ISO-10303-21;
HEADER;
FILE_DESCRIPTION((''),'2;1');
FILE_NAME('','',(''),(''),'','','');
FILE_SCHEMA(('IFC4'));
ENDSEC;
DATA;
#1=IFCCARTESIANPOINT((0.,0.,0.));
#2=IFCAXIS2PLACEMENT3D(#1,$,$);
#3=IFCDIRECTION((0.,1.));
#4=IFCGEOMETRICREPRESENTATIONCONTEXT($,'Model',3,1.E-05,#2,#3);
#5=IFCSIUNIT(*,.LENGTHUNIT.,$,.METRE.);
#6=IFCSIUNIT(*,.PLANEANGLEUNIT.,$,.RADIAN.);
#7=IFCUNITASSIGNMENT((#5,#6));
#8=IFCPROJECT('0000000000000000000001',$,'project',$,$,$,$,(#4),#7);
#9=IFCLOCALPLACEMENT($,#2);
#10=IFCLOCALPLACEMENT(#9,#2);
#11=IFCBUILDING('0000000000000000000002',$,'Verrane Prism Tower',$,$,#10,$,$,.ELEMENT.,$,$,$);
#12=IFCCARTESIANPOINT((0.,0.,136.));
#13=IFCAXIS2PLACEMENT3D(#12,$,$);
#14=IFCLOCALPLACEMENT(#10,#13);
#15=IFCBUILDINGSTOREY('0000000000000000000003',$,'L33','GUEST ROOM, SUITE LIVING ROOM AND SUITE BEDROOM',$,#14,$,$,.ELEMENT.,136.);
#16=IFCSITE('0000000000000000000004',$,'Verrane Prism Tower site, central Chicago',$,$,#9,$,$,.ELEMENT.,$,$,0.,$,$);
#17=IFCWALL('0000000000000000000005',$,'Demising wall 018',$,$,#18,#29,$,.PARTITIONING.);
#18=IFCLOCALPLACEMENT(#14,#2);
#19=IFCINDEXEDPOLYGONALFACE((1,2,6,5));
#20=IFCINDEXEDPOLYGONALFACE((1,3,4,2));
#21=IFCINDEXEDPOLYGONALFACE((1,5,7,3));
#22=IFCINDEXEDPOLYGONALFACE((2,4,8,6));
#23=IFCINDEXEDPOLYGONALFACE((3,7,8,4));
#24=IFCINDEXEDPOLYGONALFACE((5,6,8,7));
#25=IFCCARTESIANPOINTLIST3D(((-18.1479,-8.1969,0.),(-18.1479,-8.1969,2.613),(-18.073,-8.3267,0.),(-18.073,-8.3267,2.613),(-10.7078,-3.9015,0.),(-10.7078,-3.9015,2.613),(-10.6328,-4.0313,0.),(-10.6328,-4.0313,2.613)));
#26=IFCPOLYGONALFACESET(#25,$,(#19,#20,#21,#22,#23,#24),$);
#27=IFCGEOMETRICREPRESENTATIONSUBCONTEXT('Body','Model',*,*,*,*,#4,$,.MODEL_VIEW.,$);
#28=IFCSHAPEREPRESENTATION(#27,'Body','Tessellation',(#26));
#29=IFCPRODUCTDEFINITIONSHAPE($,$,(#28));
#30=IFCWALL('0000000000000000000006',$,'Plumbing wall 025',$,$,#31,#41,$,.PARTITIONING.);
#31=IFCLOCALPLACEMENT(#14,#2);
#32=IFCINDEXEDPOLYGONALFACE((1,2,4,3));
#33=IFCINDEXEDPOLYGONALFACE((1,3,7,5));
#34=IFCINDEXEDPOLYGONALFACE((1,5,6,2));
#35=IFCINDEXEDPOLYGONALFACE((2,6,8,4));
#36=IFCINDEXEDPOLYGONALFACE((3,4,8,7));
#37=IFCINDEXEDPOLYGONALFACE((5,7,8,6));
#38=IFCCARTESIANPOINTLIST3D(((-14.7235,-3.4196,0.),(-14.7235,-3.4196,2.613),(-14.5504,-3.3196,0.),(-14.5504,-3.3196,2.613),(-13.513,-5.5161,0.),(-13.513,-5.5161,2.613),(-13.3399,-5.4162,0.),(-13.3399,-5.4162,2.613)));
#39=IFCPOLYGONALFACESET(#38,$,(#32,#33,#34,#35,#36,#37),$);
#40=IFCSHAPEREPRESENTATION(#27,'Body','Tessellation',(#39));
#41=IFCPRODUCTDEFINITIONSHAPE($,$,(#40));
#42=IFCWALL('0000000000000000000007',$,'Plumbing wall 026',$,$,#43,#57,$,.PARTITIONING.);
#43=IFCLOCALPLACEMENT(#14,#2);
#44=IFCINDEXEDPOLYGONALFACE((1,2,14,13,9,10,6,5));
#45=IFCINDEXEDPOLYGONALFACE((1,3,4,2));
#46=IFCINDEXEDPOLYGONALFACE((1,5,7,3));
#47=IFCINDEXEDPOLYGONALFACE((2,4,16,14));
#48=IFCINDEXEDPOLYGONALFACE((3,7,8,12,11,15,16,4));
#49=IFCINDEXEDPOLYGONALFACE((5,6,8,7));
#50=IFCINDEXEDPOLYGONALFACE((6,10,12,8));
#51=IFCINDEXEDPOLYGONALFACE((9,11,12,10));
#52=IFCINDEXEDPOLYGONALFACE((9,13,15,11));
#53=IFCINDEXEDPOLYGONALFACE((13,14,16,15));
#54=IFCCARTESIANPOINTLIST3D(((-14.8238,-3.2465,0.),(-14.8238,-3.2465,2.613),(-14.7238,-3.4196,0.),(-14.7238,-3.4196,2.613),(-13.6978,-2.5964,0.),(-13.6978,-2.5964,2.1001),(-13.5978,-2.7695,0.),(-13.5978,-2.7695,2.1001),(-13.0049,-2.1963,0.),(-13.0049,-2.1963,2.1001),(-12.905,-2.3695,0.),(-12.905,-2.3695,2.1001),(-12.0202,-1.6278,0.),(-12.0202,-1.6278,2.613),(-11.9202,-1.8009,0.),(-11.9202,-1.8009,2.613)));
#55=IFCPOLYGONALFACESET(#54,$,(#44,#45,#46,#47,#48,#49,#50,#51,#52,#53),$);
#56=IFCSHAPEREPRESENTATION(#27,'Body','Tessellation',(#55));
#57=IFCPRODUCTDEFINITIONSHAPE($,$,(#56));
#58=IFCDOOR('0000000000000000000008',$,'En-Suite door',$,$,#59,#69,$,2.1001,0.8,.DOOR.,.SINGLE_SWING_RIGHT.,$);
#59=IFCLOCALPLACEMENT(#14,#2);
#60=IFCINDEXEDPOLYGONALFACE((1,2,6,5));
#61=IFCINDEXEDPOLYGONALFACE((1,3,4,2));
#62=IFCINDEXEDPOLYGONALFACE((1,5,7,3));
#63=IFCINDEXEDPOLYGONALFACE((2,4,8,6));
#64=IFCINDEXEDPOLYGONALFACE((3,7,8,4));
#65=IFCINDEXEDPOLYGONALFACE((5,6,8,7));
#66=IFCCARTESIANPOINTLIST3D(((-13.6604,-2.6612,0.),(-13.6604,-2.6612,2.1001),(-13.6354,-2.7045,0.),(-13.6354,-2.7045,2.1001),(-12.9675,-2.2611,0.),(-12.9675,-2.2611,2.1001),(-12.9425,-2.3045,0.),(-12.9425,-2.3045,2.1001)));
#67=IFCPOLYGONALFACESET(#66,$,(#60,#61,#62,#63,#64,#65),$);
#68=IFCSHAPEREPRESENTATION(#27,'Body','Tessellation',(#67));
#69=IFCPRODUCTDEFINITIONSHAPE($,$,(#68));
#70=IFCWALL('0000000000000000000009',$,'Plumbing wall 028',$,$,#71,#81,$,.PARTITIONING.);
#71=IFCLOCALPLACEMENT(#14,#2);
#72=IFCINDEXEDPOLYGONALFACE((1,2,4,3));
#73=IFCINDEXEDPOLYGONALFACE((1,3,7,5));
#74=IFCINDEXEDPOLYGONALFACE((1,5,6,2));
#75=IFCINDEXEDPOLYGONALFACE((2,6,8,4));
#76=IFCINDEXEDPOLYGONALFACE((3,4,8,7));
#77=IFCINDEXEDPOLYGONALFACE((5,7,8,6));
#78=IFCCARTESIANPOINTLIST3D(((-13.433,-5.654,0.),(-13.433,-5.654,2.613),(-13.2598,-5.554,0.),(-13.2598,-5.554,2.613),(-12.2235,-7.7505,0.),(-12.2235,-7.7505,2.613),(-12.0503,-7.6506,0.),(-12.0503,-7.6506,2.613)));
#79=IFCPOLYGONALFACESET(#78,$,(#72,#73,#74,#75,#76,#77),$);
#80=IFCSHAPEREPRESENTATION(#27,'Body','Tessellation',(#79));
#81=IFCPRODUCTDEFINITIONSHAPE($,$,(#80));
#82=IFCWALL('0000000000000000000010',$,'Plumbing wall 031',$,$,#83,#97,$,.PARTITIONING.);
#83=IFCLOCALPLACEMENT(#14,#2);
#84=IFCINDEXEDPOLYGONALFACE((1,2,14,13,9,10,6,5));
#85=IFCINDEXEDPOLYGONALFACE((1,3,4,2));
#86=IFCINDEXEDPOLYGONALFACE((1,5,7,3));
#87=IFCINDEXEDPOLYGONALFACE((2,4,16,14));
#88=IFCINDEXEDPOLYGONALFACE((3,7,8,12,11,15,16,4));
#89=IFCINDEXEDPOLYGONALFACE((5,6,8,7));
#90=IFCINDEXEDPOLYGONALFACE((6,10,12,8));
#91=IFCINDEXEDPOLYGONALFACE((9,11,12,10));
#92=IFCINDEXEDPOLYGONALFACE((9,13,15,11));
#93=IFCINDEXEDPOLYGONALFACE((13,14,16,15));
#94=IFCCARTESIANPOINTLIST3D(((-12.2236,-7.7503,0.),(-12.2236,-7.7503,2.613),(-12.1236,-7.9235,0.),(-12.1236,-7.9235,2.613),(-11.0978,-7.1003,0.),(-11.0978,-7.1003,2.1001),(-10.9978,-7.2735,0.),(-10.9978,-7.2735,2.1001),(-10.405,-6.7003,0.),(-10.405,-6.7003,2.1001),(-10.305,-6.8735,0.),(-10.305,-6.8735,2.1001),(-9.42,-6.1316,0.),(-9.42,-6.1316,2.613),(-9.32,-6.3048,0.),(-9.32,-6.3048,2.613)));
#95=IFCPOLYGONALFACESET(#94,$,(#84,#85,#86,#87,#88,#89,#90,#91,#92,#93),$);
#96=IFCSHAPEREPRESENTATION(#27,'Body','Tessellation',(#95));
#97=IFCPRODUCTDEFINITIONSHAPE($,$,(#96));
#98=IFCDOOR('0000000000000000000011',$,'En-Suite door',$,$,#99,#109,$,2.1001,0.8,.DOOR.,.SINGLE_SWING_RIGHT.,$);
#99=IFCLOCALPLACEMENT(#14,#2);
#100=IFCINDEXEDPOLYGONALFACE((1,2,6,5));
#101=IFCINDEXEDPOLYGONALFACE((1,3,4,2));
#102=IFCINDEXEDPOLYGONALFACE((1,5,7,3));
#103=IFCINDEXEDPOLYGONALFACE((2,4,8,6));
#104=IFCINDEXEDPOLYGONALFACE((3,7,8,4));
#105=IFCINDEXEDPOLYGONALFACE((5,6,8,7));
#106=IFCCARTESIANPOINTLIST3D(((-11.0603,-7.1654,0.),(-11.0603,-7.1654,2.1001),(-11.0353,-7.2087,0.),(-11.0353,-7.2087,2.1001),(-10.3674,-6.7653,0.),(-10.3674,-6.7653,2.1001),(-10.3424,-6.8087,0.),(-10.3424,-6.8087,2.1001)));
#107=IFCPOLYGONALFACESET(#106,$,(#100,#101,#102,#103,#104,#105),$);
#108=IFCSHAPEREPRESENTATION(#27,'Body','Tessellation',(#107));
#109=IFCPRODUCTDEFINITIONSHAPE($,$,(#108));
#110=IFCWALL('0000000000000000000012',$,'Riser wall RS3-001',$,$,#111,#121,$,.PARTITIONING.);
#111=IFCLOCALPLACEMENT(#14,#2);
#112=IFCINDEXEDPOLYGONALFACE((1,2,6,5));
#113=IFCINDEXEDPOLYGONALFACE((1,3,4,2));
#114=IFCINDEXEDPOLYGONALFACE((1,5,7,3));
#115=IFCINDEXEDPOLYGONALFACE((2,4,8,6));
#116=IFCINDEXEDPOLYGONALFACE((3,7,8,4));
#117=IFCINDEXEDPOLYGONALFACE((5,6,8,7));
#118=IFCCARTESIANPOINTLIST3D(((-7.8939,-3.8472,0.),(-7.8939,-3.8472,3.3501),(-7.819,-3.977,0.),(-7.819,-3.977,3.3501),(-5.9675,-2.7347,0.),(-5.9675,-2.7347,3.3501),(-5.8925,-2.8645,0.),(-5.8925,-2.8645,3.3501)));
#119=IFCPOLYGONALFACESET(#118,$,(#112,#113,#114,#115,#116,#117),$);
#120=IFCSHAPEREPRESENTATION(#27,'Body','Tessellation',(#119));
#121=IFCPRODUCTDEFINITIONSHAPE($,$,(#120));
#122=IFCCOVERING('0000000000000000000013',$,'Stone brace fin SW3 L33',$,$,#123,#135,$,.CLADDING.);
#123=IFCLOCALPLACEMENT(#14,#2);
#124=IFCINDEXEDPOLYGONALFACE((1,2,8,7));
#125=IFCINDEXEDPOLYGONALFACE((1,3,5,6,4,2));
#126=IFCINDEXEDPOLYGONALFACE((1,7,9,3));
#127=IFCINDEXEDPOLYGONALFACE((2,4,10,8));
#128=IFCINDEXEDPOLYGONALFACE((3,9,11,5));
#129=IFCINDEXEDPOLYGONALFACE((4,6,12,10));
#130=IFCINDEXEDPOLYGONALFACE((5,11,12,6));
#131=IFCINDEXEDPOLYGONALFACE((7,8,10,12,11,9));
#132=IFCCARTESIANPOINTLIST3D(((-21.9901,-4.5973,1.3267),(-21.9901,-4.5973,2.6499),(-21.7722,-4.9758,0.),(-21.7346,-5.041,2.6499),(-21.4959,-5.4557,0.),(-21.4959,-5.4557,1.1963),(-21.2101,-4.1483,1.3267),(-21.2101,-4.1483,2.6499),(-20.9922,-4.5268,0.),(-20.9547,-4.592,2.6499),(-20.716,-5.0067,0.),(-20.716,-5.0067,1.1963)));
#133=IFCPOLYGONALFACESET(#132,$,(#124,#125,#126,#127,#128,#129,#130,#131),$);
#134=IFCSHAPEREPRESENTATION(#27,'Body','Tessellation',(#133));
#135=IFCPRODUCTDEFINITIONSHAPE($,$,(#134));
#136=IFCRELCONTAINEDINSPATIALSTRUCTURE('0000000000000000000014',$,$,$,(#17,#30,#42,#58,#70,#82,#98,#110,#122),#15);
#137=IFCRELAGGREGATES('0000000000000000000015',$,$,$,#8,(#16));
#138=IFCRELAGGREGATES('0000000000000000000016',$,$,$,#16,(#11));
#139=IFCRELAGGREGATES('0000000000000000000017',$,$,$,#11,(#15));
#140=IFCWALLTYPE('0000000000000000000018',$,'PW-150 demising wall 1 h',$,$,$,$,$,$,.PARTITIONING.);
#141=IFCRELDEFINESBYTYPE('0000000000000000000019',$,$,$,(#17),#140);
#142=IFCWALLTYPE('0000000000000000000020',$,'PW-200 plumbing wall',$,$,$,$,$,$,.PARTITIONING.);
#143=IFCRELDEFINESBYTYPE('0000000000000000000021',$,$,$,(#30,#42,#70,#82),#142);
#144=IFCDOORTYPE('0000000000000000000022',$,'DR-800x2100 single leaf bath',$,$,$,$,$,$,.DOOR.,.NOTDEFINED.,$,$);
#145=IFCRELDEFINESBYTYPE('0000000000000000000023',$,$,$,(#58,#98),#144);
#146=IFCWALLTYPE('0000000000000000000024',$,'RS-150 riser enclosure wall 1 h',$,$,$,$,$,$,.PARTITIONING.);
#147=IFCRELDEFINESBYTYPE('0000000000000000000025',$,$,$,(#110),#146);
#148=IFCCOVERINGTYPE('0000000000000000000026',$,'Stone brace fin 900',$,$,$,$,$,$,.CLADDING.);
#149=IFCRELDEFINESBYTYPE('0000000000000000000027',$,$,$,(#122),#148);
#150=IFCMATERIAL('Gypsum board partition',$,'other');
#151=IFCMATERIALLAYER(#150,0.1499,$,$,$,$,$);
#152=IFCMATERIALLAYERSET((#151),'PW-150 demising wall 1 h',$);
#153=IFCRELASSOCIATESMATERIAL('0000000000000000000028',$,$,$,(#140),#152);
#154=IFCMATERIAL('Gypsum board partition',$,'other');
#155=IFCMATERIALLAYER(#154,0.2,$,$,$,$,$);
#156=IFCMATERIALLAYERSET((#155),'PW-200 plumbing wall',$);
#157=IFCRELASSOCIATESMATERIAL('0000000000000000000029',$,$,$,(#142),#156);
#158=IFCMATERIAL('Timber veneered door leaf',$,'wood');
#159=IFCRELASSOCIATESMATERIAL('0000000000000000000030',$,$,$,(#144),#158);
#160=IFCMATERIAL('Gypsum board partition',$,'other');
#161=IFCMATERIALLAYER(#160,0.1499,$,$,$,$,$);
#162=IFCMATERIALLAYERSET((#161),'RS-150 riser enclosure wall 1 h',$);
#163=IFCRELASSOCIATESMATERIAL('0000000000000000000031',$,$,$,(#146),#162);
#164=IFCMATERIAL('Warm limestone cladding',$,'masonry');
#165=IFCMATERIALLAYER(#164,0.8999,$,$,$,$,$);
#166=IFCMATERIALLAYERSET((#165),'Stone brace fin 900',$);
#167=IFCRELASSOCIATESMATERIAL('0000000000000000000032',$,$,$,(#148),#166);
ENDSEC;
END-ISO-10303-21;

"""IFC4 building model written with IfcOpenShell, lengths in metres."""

from ifc_helpers import new_model, si_unit, direction, frame, frame_2d, origin, place, context, subcontext, project, spatial, polyline, rectangle, outline, extrude, material, layer, layer_set, type_object, element, fill, save


model = new_model("IFC4")

# Units and contexts
model_context = context("Model", 3, precision=1e-05, world=origin(), true_north=direction((0.0, 1.0)))
body_context = subcontext(model_context, "Body", "Model", "MODEL_VIEW")
ifc_project = project(units=[si_unit("LENGTHUNIT", "METRE"), si_unit("PLANEANGLEUNIT", "RADIAN")], contexts=[model_context])

# Site, building, storey
site_placement = place(None, origin())
site = spatial("IfcSite", under=ifc_project, at=site_placement, Name="Verrane Prism Tower site, central Chicago", CompositionType="ELEMENT", RefElevation=0.0)
building_placement = place(site_placement, origin())
building = spatial("IfcBuilding", under=site, at=building_placement, Name="Verrane Prism Tower", CompositionType="ELEMENT")
storey_placement = place(building_placement, frame((0.0, 0.0, 136.0)))
storey = spatial("IfcBuildingStorey", under=building, at=storey_placement, Name="L33", Description="GUEST ROOM, SUITE LIVING ROOM AND SUITE BEDROOM", CompositionType="ELEMENT", Elevation=136.0)

# Walls
ifc_material_1 = material(Name="Gypsum board partition", Category="other")
ifc_layer_1 = layer(ifc_material_1, 0.1499)
ifc_layer_set_1 = layer_set([ifc_layer_1], Name="PW-150 demising wall 1 h")
wall_type_1 = type_object("IfcWallType", Name="PW-150 demising wall 1 h", PredefinedType="PARTITIONING", material=ifc_layer_set_1)
wall_1_placement = place(storey_placement, frame((-18.1104, -8.2617, 0.0), z_axis=(0.0, 0.0, 1.0), x_axis=(0.866035, 0.499984, 0.0)))
element("IfcWall", 1, at=wall_1_placement, inside=storey, type_object=wall_type_1, Name="Demising wall 018", PredefinedType="PARTITIONING", context=body_context, shape_type="SweptSolid", body=[
    extrude(rectangle(XDim=8.5911, YDim=0.1499, at=frame_2d((4.2954, 0.0))), origin(), (0.0, 0.0, 1.0), 2.613),
])
ifc_material_2 = material(Name="Gypsum board partition", Category="other")
ifc_layer_2 = layer(ifc_material_2, 0.2)
ifc_layer_set_2 = layer_set([ifc_layer_2], Name="PW-200 plumbing wall")
wall_type_2 = type_object("IfcWallType", Name="PW-200 plumbing wall", PredefinedType="PARTITIONING", material=ifc_layer_set_2)
wall_2_placement = place(storey_placement, frame((-14.637, -3.3696, 0.0), z_axis=(0.0, 0.0, 1.0), x_axis=(0.500022, -0.866013, 0.0)))
element("IfcWall", 2, at=wall_2_placement, inside=storey, type_object=wall_type_2, Name="Plumbing wall 025", PredefinedType="PARTITIONING", context=body_context, shape_type="SweptSolid", body=[
    extrude(rectangle(XDim=2.4209, YDim=0.2, at=frame_2d((1.2104, 0.0))), origin(), (0.0, 0.0, 1.0), 2.613),
])

# Wall, opening, door
wall_3_placement = place(storey_placement, frame((-11.9702, -1.7144, 0.0), z_axis=(0.0, 0.0, 1.0), x_axis=(-0.866016, -0.500016, 0.0)))
wall_3 = element("IfcWall", 3, at=wall_3_placement, inside=storey, type_object=wall_type_2, Name="Plumbing wall 026", PredefinedType="PARTITIONING", context=body_context, shape_type="SweptSolid", body=[
    extrude(rectangle(XDim=3.2373, YDim=0.2, at=frame_2d((1.6187, 0.0))), origin(), (0.0, 0.0, 1.0), 2.613),
])
opening_1_placement = place(wall_3_placement, frame((1.1372, 0.0, 0.0)))
opening_1 = element("IfcOpeningElement", 4, at=opening_1_placement, cuts=wall_3, PredefinedType="OPENING", context=body_context, shape_type="SweptSolid", body=[
    extrude(rectangle(XDim=0.8, YDim=2.1001, at=frame_2d((0.3999, 1.05))), frame((0.0, 0.1099, 0.0), z_axis=(0.0, -1.0, 0.0), x_axis=(1.0, 0.0, 0.0)), (0.0, 0.0, 1.0), 0.22),
])
ifc_material_3 = material(Name="Timber veneered door leaf", Category="wood")
door_type_1 = type_object("IfcDoorType", Name="DR-800x2100 single leaf bath", OperationType="NOTDEFINED", PredefinedType="DOOR", material=ifc_material_3)
door_1_placement = place(opening_1_placement, origin())
door_1 = element("IfcDoor", 5, at=door_1_placement, inside=storey, type_object=door_type_1, Name="En-Suite door", OperationType="SINGLE_SWING_RIGHT", OverallHeight=2.1001, OverallWidth=0.8, PredefinedType="DOOR", context=body_context, shape_type="SweptSolid", body=[
    extrude(rectangle(XDim=0.8, YDim=2.1001, at=frame_2d((0.3999, 1.05))), frame((0.0, 0.0249, 0.0), z_axis=(0.0, -1.0, 0.0), x_axis=(1.0, 0.0, 0.0)), (0.0, 0.0, 1.0), 0.05),
])
fill(opening_1, door_1)

# Wall
wall_4_placement = place(storey_placement, frame((-13.3464, -5.604, 0.0), z_axis=(0.0, 0.0, 1.0), x_axis=(0.49972, -0.866187, 0.0)))
element("IfcWall", 6, at=wall_4_placement, inside=storey, type_object=wall_type_2, Name="Plumbing wall 028", PredefinedType="PARTITIONING", context=body_context, shape_type="SweptSolid", body=[
    extrude(rectangle(XDim=2.4204, YDim=0.2, at=frame_2d((1.2102, 0.0))), origin(), (0.0, 0.0, 1.0), 2.613),
])

# Wall, opening, door
wall_5_placement = place(storey_placement, frame((-12.1736, -7.8369, 0.0), z_axis=(0.0, 0.0, 1.0), x_axis=(0.866016, 0.500016, 0.0)))
wall_5 = element("IfcWall", 7, at=wall_5_placement, inside=storey, type_object=wall_type_2, Name="Plumbing wall 031", PredefinedType="PARTITIONING", context=body_context, shape_type="SweptSolid", body=[
    extrude(rectangle(XDim=3.2373, YDim=0.2, at=frame_2d((1.6187, 0.0))), origin(), (0.0, 0.0, 1.0), 2.613),
])
opening_2_placement = place(wall_5_placement, frame((1.3, 0.0, 0.0)))
opening_2 = element("IfcOpeningElement", 8, at=opening_2_placement, cuts=wall_5, PredefinedType="OPENING", context=body_context, shape_type="SweptSolid", body=[
    extrude(rectangle(XDim=0.8, YDim=2.1001, at=frame_2d((0.3999, 1.05))), frame((0.0, 0.1099, 0.0), z_axis=(0.0, -1.0, 0.0), x_axis=(1.0, 0.0, 0.0)), (0.0, 0.0, 1.0), 0.22),
])
door_2_placement = place(opening_2_placement, origin())
door_2 = element("IfcDoor", 9, at=door_2_placement, inside=storey, type_object=door_type_1, Name="En-Suite door", OperationType="SINGLE_SWING_RIGHT", OverallHeight=2.1001, OverallWidth=0.8, PredefinedType="DOOR", context=body_context, shape_type="SweptSolid", body=[
    extrude(rectangle(XDim=0.8, YDim=2.1001, at=frame_2d((0.3999, 1.05))), frame((0.0, 0.0249, 0.0), z_axis=(0.0, -1.0, 0.0), x_axis=(1.0, 0.0, 0.0)), (0.0, 0.0, 1.0), 0.05),
])
fill(opening_2, door_2)

# Wall
ifc_material_4 = material(Name="Gypsum board partition", Category="other")
ifc_layer_3 = layer(ifc_material_4, 0.1499)
ifc_layer_set_3 = layer_set([ifc_layer_3], Name="RS-150 riser enclosure wall 1 h")
wall_type_3 = type_object("IfcWallType", Name="RS-150 riser enclosure wall 1 h", PredefinedType="PARTITIONING", material=ifc_layer_set_3)
wall_6_placement = place(storey_placement, frame((-7.8564, -3.9121, 0.0), z_axis=(0.0, 0.0, 1.0), x_axis=(0.865972, 0.500093, 0.0)))
element("IfcWall", 10, at=wall_6_placement, inside=storey, type_object=wall_type_3, Name="Riser wall RS3-001", PredefinedType="PARTITIONING", context=body_context, shape_type="SweptSolid", body=[
    extrude(rectangle(XDim=2.2246, YDim=0.1499, at=frame_2d((1.1123, 0.0))), origin(), (0.0, 0.0, 1.0), 3.3501),
])

# Covering
ifc_material_5 = material(Name="Warm limestone cladding", Category="masonry")
ifc_layer_4 = layer(ifc_material_5, 0.8999)
ifc_layer_set_4 = layer_set([ifc_layer_4], Name="Stone brace fin 900")
covering_type = type_object("IfcCoveringType", Name="Stone brace fin 900", PredefinedType="CLADDING", material=ifc_layer_set_4)
covering_placement = place(storey_placement, frame((-21.106, -5.2312, 0.0), z_axis=(0.0, 0.0, 1.0), x_axis=(-0.498897, 0.866661, 0.0)))
element("IfcCovering", 11, at=covering_placement, inside=storey, type_object=covering_type, Name="Stone brace fin SW3 L33", PredefinedType="CLADDING", context=body_context, shape_type="SweptSolid", body=[
    extrude(outline(polyline([(0.9905, 2.6499), (0.4785, 2.6499), (0.0, 1.1963), (0.0, 0.0), (0.5537, 0.0), (0.9905, 1.3267), (0.9905, 2.6499)])), frame((0.0, 0.45, 0.0), z_axis=(0.0, -1.0, 0.0), x_axis=(1.0, 0.0, 0.0)), (0.0, 0.0, 1.0), 0.8999),
])

save(model, "model.ifc")
